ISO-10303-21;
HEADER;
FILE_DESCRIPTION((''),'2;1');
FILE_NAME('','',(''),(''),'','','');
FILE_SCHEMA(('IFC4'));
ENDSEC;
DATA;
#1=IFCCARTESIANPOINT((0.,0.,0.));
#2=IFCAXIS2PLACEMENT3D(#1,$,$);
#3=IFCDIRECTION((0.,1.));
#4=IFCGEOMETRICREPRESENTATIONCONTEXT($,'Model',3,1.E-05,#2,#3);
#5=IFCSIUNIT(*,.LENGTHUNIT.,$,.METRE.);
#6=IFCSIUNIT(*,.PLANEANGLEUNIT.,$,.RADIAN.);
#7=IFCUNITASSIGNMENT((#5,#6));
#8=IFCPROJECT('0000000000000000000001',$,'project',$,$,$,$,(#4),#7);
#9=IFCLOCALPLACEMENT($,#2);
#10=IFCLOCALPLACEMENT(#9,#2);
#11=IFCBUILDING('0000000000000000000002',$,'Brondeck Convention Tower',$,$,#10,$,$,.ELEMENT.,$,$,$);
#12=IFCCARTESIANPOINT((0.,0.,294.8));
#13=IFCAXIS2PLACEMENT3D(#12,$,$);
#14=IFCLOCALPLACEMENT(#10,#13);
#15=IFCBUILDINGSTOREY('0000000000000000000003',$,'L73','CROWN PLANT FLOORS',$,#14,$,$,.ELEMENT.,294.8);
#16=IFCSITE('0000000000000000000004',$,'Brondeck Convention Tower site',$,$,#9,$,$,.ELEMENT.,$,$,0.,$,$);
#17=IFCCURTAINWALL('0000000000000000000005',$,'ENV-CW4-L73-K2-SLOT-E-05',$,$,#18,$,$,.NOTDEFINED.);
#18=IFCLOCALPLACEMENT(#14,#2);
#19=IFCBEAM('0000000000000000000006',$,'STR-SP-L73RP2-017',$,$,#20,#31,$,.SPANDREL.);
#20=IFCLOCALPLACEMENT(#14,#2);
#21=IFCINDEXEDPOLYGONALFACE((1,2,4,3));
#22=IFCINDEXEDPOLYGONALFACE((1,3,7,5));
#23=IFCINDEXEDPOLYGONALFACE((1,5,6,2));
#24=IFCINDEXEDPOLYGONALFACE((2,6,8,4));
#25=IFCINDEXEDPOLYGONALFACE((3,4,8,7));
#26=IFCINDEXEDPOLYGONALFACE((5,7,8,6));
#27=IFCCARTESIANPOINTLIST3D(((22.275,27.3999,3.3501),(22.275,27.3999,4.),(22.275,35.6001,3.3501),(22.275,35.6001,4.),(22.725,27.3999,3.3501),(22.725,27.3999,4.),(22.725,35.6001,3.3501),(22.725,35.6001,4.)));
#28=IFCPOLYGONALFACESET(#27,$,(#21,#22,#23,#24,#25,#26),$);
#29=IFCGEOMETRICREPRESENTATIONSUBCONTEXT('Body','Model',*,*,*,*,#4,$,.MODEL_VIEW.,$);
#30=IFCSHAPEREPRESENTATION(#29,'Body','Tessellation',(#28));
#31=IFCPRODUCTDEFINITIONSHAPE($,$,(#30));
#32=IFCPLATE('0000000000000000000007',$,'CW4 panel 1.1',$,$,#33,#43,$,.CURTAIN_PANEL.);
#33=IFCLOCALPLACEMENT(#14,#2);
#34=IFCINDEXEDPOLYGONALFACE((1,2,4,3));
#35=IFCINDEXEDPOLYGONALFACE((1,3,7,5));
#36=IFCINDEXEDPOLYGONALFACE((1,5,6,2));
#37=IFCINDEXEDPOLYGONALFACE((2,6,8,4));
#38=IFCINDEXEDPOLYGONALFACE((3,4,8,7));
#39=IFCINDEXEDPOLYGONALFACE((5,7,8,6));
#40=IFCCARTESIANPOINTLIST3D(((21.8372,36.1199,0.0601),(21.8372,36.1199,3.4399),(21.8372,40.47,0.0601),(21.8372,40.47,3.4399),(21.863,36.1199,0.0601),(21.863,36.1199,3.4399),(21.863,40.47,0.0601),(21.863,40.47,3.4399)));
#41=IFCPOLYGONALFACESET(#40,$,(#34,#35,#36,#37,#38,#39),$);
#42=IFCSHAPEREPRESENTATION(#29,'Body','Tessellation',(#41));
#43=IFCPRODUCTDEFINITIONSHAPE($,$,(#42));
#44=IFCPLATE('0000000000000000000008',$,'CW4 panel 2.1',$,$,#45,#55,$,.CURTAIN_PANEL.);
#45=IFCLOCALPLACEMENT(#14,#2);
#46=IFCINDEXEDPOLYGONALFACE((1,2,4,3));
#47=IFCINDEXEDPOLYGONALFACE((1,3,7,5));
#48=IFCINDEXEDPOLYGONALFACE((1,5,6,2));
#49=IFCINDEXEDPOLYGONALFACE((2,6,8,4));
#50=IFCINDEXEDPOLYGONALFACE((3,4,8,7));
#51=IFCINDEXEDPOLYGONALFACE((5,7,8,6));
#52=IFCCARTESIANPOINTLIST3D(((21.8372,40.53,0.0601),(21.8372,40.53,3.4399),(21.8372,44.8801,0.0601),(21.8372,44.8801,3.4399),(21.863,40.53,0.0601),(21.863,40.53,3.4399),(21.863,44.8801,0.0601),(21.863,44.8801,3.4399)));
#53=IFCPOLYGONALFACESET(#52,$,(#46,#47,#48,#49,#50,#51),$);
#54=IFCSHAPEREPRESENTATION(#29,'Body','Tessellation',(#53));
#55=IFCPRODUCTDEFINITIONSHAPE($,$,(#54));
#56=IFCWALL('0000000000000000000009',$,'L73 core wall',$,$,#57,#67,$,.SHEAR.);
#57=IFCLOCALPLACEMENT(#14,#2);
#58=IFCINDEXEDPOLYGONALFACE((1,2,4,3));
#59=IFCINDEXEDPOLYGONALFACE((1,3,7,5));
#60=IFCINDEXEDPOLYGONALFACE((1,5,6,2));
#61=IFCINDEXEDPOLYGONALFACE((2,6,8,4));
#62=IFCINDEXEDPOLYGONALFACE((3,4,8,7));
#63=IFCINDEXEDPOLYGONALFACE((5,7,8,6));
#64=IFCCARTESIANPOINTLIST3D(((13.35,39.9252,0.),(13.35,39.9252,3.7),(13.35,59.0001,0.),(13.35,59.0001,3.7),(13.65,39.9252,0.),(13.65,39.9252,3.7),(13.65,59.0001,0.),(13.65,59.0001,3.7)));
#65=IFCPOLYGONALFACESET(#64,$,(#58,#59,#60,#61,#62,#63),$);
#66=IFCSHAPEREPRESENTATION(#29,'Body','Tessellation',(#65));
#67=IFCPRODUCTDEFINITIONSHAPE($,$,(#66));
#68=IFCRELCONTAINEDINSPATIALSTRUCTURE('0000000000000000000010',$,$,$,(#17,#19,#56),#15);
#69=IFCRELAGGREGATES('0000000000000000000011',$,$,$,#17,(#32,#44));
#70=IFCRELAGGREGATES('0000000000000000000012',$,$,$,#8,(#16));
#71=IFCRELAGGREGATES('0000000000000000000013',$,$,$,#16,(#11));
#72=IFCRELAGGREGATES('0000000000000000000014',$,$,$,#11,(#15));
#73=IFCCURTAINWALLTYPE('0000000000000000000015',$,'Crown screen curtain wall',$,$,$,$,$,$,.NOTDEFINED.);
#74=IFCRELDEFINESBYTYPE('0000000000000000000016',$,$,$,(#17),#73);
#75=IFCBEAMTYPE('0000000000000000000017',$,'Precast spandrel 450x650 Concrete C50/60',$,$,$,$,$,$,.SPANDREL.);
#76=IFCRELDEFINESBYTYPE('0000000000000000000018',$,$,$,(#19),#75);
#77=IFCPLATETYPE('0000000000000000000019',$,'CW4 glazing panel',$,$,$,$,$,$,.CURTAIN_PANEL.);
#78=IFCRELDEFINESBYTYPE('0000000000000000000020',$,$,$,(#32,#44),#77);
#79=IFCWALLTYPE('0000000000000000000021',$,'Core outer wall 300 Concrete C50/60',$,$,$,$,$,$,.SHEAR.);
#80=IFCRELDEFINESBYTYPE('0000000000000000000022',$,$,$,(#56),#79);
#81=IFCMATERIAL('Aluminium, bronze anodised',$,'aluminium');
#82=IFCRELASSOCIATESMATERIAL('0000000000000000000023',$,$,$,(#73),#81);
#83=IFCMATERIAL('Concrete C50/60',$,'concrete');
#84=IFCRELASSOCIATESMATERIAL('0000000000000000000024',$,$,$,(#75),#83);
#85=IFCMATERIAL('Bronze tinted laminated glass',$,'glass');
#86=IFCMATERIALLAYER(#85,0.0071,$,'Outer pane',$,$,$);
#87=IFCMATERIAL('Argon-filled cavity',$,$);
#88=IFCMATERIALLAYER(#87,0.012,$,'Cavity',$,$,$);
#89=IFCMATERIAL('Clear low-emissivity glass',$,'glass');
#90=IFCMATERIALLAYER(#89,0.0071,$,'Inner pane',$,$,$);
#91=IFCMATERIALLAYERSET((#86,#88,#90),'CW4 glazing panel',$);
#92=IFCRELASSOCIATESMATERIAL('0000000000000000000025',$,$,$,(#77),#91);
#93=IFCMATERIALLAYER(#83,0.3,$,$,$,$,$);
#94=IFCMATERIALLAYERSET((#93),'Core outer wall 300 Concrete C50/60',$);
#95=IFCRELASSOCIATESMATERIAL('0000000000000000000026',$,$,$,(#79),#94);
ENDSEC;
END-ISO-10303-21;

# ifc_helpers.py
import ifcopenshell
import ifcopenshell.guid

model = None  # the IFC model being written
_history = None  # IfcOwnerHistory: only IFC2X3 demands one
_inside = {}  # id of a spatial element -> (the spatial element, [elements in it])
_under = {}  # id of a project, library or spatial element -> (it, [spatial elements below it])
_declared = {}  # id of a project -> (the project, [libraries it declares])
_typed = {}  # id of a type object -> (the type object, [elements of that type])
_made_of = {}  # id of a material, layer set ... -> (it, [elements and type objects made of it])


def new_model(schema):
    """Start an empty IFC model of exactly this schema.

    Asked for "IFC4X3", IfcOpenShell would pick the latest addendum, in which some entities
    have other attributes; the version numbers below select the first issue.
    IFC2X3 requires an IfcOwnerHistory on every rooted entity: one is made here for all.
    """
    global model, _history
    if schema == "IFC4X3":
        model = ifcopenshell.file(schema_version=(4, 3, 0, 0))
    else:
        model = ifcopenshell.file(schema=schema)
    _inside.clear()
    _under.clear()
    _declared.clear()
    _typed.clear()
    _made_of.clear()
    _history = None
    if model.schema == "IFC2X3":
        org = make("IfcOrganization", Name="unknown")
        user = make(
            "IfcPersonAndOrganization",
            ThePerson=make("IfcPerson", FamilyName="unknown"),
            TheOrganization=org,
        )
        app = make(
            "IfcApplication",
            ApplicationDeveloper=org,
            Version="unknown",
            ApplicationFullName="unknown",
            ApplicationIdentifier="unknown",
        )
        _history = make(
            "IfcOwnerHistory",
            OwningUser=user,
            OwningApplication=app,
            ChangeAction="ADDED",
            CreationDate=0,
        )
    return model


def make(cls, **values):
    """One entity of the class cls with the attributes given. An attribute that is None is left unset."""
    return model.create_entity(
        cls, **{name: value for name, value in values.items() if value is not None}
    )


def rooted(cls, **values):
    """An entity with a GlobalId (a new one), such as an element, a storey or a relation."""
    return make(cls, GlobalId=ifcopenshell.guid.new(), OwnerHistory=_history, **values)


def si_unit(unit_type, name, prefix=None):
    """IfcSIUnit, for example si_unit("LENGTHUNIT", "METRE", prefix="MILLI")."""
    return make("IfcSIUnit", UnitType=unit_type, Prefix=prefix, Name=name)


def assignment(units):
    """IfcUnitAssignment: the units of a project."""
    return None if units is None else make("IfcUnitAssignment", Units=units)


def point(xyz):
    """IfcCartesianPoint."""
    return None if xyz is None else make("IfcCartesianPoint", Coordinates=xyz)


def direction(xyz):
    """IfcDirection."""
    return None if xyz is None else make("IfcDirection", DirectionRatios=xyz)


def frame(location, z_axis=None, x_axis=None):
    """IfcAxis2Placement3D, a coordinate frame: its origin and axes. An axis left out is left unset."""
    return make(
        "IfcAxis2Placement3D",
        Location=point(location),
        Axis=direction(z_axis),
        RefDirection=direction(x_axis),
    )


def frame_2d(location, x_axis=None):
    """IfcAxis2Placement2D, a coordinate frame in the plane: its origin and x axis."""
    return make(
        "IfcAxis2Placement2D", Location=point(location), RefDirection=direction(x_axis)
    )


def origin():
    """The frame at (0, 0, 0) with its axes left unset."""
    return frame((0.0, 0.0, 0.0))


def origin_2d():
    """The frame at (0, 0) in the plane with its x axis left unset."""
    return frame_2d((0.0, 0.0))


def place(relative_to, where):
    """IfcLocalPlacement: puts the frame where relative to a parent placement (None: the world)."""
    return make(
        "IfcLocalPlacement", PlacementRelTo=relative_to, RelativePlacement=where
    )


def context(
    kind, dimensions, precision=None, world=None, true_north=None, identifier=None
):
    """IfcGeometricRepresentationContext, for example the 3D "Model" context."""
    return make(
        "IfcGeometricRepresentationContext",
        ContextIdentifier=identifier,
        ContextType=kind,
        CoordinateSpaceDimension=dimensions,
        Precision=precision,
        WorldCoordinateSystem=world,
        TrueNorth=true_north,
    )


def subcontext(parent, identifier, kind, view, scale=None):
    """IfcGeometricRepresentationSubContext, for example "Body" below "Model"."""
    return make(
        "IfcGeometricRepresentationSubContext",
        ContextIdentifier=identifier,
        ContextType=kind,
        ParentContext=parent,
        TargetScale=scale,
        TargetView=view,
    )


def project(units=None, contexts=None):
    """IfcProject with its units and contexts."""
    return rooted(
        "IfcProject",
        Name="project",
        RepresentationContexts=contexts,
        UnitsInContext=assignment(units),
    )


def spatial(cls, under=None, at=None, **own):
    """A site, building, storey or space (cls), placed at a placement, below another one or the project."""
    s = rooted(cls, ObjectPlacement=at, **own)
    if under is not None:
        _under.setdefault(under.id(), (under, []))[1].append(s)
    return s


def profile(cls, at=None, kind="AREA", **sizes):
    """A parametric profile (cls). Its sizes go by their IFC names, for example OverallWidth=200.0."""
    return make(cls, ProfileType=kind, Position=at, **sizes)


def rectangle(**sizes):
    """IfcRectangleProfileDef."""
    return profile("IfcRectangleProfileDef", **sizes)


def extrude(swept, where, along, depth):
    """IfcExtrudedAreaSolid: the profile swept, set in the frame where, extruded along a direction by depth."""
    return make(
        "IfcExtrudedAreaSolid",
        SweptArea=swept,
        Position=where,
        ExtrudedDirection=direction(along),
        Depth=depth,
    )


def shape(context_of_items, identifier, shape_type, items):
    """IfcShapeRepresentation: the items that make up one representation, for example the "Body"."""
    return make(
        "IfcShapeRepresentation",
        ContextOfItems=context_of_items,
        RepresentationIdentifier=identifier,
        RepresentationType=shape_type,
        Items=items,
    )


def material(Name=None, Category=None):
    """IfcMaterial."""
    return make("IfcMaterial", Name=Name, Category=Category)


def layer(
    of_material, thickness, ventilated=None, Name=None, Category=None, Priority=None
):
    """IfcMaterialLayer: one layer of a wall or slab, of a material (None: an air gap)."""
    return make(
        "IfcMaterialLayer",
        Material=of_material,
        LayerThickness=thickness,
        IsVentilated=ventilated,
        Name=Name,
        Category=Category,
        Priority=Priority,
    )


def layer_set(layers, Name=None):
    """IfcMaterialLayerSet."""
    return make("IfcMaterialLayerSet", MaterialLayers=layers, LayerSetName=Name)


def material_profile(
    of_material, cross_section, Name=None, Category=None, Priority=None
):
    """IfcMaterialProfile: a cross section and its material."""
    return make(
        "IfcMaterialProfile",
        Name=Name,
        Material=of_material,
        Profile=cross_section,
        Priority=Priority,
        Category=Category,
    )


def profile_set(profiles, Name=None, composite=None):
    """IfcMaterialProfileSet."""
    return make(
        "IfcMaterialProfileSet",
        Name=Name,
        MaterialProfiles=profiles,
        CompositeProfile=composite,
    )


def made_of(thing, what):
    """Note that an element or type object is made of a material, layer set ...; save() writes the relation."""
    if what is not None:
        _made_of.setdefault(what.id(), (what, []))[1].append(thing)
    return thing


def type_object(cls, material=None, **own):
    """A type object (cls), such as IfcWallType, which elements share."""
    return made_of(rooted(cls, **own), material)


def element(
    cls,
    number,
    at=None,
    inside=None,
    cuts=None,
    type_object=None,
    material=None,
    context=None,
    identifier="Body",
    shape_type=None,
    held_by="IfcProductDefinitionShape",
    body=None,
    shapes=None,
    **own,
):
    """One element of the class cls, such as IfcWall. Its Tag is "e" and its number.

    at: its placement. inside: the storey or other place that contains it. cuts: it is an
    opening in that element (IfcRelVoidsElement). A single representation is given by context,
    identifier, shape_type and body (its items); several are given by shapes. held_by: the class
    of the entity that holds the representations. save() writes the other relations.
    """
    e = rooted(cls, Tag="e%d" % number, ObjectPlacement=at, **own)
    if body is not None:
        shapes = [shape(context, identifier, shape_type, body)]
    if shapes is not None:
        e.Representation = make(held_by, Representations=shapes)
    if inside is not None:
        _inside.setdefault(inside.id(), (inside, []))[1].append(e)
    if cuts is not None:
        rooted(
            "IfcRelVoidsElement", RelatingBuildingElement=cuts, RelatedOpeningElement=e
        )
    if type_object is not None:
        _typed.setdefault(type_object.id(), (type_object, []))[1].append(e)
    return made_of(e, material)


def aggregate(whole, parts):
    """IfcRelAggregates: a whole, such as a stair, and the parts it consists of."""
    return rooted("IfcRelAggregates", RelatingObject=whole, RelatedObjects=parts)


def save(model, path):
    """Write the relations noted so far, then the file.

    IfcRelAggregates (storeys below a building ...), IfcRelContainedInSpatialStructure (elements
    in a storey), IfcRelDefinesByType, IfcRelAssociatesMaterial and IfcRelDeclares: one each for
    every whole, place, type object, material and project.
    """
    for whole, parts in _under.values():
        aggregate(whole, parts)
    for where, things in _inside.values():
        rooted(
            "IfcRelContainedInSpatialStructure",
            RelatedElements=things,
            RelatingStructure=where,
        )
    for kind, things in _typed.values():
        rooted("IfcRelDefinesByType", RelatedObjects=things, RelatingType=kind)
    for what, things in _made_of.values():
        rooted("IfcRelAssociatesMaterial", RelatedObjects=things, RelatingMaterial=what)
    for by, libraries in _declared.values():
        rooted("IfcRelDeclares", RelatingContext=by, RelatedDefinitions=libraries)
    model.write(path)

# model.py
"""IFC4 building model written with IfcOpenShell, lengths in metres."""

from ifc_helpers import new_model, si_unit, direction, frame, frame_2d, origin, origin_2d, place, context, subcontext, project, spatial, rectangle, extrude, material, layer, layer_set, material_profile, profile_set, type_object, element, aggregate, save


model = new_model("IFC4")

# Units and contexts
model_context = context("Model", 3, precision=1e-05, world=origin(), true_north=direction((0.0, 1.0)))
body_context = subcontext(model_context, "Body", "Model", "MODEL_VIEW")
ifc_project = project(units=[si_unit("LENGTHUNIT", "METRE"), si_unit("PLANEANGLEUNIT", "RADIAN")], contexts=[model_context])

# Site, building, storey
site_placement = place(None, origin())
site = spatial("IfcSite", under=ifc_project, at=site_placement, Name="Brondeck Convention Tower site", CompositionType="ELEMENT", RefElevation=0.0)
building_placement = place(site_placement, origin())
building = spatial("IfcBuilding", under=site, at=building_placement, Name="Brondeck Convention Tower", CompositionType="ELEMENT")
storey_placement = place(building_placement, frame((0.0, 0.0, 294.8)))
storey = spatial("IfcBuildingStorey", under=building, at=storey_placement, Name="L73", Description="CROWN PLANT FLOORS", CompositionType="ELEMENT", Elevation=294.8)

# Shared definitions
ifc_material_1 = material(Name="Concrete C50/60", Category="concrete")

# Shared definitions
ifc_material_2 = material(Name="Aluminium, bronze anodised", Category="aluminium")
curtain_wall_type = type_object("IfcCurtainWallType", Name="Crown screen curtain wall", PredefinedType="NOTDEFINED", material=ifc_material_2)

# Curtain wall
curtain_wall_1_placement = place(storey_placement, origin())
curtain_wall_1 = element("IfcCurtainWall", 1, at=curtain_wall_1_placement, inside=storey, type_object=curtain_wall_type, Name="ENV-CW4-L73-K2-SLOT-E-05", PredefinedType="NOTDEFINED")

# Beam
ifc_material_profile_1 = material_profile(ifc_material_1, rectangle(XDim=0.45, YDim=0.6499, at=origin_2d()), Name="Precast spandrel 450x650 Concrete C50/60")
ifc_profile_set_1 = profile_set([ifc_material_profile_1], Name="Concrete C50/60")
beam_type_1 = type_object("IfcBeamType", Name="Precast spandrel 450x650 Concrete C50/60", PredefinedType="SPANDREL", material=ifc_profile_set_1)
for number, where, z_axis, x_axis, name in (
    (2, (22.5, 35.6001, 3.675), (0.0, -1.0, 0.0), (1.0, 0.0, 0.0), "STR-SP-L73RP2-017"),
):
    element("IfcBeam", number, at=place(storey_placement, frame(where, z_axis=z_axis, x_axis=x_axis)), inside=storey, type_object=beam_type_1, Name=name, PredefinedType="SPANDREL", context=body_context, shape_type="SweptSolid", body=[
        extrude(rectangle(XDim=0.45, YDim=0.6499, at=origin_2d()), origin(), (0.0, 0.0, 1.0), 8.2002),
    ])

# Plates
ifc_material_3 = material(Name="Bronze tinted laminated glass", Category="glass")
ifc_layer_1 = layer(ifc_material_3, 0.0071, Name="Outer pane")
ifc_material_4 = material(Name="Argon-filled cavity")
ifc_layer_2 = layer(ifc_material_4, 0.012, Name="Cavity")
ifc_material_5 = material(Name="Clear low-emissivity glass", Category="glass")
ifc_layer_3 = layer(ifc_material_5, 0.0071, Name="Inner pane")
ifc_layer_set_1 = layer_set([ifc_layer_1, ifc_layer_2, ifc_layer_3], Name="CW4 glazing panel")
plate_type = type_object("IfcPlateType", Name="CW4 glazing panel", PredefinedType="CURTAIN_PANEL", material=ifc_layer_set_1)
plate_1_placement = place(storey_placement, frame((21.8501, 38.2949, 0.0601), z_axis=(0.0, 0.0, 1.0), x_axis=(0.0, 1.0, 0.0)))
plate_1 = element("IfcPlate", 3, at=plate_1_placement, type_object=plate_type, Name="CW4 panel 1.1", PredefinedType="CURTAIN_PANEL", context=body_context, shape_type="SweptSolid", body=[
    extrude(rectangle(XDim=4.3501, YDim=0.0259, at=origin_2d()), origin(), (0.0, 0.0, 1.0), 3.3799),
])
plate_2_placement = place(storey_placement, frame((21.8501, 42.7051, 0.0601), z_axis=(0.0, 0.0, 1.0), x_axis=(0.0, 1.0, 0.0)))
plate_2 = element("IfcPlate", 4, at=plate_2_placement, type_object=plate_type, Name="CW4 panel 2.1", PredefinedType="CURTAIN_PANEL", context=body_context, shape_type="SweptSolid", body=[
    extrude(rectangle(XDim=4.3501, YDim=0.0259, at=origin_2d()), origin(), (0.0, 0.0, 1.0), 3.3799),
])
aggregate(curtain_wall_1, [plate_1, plate_2])

# Wall
ifc_layer_4 = layer(ifc_material_1, 0.3)
ifc_layer_set_2 = layer_set([ifc_layer_4], Name="Core outer wall 300 Concrete C50/60")
wall_type = type_object("IfcWallType", Name="Core outer wall 300 Concrete C50/60", PredefinedType="SHEAR", material=ifc_layer_set_2)
wall_placement = place(storey_placement, frame((13.5, 39.925, 0.0), z_axis=(0.0, 0.0, 1.0), x_axis=(0.0, 1.0, 0.0)))
element("IfcWall", 5, at=wall_placement, inside=storey, type_object=wall_type, Name="L73 core wall", PredefinedType="SHEAR", context=body_context, shape_type="SweptSolid", body=[
    extrude(rectangle(XDim=19.075, YDim=0.3, at=frame_2d((9.5376, 0.0))), origin(), (0.0, 0.0, 1.0), 3.7),
])

save(model, "model.ifc")
